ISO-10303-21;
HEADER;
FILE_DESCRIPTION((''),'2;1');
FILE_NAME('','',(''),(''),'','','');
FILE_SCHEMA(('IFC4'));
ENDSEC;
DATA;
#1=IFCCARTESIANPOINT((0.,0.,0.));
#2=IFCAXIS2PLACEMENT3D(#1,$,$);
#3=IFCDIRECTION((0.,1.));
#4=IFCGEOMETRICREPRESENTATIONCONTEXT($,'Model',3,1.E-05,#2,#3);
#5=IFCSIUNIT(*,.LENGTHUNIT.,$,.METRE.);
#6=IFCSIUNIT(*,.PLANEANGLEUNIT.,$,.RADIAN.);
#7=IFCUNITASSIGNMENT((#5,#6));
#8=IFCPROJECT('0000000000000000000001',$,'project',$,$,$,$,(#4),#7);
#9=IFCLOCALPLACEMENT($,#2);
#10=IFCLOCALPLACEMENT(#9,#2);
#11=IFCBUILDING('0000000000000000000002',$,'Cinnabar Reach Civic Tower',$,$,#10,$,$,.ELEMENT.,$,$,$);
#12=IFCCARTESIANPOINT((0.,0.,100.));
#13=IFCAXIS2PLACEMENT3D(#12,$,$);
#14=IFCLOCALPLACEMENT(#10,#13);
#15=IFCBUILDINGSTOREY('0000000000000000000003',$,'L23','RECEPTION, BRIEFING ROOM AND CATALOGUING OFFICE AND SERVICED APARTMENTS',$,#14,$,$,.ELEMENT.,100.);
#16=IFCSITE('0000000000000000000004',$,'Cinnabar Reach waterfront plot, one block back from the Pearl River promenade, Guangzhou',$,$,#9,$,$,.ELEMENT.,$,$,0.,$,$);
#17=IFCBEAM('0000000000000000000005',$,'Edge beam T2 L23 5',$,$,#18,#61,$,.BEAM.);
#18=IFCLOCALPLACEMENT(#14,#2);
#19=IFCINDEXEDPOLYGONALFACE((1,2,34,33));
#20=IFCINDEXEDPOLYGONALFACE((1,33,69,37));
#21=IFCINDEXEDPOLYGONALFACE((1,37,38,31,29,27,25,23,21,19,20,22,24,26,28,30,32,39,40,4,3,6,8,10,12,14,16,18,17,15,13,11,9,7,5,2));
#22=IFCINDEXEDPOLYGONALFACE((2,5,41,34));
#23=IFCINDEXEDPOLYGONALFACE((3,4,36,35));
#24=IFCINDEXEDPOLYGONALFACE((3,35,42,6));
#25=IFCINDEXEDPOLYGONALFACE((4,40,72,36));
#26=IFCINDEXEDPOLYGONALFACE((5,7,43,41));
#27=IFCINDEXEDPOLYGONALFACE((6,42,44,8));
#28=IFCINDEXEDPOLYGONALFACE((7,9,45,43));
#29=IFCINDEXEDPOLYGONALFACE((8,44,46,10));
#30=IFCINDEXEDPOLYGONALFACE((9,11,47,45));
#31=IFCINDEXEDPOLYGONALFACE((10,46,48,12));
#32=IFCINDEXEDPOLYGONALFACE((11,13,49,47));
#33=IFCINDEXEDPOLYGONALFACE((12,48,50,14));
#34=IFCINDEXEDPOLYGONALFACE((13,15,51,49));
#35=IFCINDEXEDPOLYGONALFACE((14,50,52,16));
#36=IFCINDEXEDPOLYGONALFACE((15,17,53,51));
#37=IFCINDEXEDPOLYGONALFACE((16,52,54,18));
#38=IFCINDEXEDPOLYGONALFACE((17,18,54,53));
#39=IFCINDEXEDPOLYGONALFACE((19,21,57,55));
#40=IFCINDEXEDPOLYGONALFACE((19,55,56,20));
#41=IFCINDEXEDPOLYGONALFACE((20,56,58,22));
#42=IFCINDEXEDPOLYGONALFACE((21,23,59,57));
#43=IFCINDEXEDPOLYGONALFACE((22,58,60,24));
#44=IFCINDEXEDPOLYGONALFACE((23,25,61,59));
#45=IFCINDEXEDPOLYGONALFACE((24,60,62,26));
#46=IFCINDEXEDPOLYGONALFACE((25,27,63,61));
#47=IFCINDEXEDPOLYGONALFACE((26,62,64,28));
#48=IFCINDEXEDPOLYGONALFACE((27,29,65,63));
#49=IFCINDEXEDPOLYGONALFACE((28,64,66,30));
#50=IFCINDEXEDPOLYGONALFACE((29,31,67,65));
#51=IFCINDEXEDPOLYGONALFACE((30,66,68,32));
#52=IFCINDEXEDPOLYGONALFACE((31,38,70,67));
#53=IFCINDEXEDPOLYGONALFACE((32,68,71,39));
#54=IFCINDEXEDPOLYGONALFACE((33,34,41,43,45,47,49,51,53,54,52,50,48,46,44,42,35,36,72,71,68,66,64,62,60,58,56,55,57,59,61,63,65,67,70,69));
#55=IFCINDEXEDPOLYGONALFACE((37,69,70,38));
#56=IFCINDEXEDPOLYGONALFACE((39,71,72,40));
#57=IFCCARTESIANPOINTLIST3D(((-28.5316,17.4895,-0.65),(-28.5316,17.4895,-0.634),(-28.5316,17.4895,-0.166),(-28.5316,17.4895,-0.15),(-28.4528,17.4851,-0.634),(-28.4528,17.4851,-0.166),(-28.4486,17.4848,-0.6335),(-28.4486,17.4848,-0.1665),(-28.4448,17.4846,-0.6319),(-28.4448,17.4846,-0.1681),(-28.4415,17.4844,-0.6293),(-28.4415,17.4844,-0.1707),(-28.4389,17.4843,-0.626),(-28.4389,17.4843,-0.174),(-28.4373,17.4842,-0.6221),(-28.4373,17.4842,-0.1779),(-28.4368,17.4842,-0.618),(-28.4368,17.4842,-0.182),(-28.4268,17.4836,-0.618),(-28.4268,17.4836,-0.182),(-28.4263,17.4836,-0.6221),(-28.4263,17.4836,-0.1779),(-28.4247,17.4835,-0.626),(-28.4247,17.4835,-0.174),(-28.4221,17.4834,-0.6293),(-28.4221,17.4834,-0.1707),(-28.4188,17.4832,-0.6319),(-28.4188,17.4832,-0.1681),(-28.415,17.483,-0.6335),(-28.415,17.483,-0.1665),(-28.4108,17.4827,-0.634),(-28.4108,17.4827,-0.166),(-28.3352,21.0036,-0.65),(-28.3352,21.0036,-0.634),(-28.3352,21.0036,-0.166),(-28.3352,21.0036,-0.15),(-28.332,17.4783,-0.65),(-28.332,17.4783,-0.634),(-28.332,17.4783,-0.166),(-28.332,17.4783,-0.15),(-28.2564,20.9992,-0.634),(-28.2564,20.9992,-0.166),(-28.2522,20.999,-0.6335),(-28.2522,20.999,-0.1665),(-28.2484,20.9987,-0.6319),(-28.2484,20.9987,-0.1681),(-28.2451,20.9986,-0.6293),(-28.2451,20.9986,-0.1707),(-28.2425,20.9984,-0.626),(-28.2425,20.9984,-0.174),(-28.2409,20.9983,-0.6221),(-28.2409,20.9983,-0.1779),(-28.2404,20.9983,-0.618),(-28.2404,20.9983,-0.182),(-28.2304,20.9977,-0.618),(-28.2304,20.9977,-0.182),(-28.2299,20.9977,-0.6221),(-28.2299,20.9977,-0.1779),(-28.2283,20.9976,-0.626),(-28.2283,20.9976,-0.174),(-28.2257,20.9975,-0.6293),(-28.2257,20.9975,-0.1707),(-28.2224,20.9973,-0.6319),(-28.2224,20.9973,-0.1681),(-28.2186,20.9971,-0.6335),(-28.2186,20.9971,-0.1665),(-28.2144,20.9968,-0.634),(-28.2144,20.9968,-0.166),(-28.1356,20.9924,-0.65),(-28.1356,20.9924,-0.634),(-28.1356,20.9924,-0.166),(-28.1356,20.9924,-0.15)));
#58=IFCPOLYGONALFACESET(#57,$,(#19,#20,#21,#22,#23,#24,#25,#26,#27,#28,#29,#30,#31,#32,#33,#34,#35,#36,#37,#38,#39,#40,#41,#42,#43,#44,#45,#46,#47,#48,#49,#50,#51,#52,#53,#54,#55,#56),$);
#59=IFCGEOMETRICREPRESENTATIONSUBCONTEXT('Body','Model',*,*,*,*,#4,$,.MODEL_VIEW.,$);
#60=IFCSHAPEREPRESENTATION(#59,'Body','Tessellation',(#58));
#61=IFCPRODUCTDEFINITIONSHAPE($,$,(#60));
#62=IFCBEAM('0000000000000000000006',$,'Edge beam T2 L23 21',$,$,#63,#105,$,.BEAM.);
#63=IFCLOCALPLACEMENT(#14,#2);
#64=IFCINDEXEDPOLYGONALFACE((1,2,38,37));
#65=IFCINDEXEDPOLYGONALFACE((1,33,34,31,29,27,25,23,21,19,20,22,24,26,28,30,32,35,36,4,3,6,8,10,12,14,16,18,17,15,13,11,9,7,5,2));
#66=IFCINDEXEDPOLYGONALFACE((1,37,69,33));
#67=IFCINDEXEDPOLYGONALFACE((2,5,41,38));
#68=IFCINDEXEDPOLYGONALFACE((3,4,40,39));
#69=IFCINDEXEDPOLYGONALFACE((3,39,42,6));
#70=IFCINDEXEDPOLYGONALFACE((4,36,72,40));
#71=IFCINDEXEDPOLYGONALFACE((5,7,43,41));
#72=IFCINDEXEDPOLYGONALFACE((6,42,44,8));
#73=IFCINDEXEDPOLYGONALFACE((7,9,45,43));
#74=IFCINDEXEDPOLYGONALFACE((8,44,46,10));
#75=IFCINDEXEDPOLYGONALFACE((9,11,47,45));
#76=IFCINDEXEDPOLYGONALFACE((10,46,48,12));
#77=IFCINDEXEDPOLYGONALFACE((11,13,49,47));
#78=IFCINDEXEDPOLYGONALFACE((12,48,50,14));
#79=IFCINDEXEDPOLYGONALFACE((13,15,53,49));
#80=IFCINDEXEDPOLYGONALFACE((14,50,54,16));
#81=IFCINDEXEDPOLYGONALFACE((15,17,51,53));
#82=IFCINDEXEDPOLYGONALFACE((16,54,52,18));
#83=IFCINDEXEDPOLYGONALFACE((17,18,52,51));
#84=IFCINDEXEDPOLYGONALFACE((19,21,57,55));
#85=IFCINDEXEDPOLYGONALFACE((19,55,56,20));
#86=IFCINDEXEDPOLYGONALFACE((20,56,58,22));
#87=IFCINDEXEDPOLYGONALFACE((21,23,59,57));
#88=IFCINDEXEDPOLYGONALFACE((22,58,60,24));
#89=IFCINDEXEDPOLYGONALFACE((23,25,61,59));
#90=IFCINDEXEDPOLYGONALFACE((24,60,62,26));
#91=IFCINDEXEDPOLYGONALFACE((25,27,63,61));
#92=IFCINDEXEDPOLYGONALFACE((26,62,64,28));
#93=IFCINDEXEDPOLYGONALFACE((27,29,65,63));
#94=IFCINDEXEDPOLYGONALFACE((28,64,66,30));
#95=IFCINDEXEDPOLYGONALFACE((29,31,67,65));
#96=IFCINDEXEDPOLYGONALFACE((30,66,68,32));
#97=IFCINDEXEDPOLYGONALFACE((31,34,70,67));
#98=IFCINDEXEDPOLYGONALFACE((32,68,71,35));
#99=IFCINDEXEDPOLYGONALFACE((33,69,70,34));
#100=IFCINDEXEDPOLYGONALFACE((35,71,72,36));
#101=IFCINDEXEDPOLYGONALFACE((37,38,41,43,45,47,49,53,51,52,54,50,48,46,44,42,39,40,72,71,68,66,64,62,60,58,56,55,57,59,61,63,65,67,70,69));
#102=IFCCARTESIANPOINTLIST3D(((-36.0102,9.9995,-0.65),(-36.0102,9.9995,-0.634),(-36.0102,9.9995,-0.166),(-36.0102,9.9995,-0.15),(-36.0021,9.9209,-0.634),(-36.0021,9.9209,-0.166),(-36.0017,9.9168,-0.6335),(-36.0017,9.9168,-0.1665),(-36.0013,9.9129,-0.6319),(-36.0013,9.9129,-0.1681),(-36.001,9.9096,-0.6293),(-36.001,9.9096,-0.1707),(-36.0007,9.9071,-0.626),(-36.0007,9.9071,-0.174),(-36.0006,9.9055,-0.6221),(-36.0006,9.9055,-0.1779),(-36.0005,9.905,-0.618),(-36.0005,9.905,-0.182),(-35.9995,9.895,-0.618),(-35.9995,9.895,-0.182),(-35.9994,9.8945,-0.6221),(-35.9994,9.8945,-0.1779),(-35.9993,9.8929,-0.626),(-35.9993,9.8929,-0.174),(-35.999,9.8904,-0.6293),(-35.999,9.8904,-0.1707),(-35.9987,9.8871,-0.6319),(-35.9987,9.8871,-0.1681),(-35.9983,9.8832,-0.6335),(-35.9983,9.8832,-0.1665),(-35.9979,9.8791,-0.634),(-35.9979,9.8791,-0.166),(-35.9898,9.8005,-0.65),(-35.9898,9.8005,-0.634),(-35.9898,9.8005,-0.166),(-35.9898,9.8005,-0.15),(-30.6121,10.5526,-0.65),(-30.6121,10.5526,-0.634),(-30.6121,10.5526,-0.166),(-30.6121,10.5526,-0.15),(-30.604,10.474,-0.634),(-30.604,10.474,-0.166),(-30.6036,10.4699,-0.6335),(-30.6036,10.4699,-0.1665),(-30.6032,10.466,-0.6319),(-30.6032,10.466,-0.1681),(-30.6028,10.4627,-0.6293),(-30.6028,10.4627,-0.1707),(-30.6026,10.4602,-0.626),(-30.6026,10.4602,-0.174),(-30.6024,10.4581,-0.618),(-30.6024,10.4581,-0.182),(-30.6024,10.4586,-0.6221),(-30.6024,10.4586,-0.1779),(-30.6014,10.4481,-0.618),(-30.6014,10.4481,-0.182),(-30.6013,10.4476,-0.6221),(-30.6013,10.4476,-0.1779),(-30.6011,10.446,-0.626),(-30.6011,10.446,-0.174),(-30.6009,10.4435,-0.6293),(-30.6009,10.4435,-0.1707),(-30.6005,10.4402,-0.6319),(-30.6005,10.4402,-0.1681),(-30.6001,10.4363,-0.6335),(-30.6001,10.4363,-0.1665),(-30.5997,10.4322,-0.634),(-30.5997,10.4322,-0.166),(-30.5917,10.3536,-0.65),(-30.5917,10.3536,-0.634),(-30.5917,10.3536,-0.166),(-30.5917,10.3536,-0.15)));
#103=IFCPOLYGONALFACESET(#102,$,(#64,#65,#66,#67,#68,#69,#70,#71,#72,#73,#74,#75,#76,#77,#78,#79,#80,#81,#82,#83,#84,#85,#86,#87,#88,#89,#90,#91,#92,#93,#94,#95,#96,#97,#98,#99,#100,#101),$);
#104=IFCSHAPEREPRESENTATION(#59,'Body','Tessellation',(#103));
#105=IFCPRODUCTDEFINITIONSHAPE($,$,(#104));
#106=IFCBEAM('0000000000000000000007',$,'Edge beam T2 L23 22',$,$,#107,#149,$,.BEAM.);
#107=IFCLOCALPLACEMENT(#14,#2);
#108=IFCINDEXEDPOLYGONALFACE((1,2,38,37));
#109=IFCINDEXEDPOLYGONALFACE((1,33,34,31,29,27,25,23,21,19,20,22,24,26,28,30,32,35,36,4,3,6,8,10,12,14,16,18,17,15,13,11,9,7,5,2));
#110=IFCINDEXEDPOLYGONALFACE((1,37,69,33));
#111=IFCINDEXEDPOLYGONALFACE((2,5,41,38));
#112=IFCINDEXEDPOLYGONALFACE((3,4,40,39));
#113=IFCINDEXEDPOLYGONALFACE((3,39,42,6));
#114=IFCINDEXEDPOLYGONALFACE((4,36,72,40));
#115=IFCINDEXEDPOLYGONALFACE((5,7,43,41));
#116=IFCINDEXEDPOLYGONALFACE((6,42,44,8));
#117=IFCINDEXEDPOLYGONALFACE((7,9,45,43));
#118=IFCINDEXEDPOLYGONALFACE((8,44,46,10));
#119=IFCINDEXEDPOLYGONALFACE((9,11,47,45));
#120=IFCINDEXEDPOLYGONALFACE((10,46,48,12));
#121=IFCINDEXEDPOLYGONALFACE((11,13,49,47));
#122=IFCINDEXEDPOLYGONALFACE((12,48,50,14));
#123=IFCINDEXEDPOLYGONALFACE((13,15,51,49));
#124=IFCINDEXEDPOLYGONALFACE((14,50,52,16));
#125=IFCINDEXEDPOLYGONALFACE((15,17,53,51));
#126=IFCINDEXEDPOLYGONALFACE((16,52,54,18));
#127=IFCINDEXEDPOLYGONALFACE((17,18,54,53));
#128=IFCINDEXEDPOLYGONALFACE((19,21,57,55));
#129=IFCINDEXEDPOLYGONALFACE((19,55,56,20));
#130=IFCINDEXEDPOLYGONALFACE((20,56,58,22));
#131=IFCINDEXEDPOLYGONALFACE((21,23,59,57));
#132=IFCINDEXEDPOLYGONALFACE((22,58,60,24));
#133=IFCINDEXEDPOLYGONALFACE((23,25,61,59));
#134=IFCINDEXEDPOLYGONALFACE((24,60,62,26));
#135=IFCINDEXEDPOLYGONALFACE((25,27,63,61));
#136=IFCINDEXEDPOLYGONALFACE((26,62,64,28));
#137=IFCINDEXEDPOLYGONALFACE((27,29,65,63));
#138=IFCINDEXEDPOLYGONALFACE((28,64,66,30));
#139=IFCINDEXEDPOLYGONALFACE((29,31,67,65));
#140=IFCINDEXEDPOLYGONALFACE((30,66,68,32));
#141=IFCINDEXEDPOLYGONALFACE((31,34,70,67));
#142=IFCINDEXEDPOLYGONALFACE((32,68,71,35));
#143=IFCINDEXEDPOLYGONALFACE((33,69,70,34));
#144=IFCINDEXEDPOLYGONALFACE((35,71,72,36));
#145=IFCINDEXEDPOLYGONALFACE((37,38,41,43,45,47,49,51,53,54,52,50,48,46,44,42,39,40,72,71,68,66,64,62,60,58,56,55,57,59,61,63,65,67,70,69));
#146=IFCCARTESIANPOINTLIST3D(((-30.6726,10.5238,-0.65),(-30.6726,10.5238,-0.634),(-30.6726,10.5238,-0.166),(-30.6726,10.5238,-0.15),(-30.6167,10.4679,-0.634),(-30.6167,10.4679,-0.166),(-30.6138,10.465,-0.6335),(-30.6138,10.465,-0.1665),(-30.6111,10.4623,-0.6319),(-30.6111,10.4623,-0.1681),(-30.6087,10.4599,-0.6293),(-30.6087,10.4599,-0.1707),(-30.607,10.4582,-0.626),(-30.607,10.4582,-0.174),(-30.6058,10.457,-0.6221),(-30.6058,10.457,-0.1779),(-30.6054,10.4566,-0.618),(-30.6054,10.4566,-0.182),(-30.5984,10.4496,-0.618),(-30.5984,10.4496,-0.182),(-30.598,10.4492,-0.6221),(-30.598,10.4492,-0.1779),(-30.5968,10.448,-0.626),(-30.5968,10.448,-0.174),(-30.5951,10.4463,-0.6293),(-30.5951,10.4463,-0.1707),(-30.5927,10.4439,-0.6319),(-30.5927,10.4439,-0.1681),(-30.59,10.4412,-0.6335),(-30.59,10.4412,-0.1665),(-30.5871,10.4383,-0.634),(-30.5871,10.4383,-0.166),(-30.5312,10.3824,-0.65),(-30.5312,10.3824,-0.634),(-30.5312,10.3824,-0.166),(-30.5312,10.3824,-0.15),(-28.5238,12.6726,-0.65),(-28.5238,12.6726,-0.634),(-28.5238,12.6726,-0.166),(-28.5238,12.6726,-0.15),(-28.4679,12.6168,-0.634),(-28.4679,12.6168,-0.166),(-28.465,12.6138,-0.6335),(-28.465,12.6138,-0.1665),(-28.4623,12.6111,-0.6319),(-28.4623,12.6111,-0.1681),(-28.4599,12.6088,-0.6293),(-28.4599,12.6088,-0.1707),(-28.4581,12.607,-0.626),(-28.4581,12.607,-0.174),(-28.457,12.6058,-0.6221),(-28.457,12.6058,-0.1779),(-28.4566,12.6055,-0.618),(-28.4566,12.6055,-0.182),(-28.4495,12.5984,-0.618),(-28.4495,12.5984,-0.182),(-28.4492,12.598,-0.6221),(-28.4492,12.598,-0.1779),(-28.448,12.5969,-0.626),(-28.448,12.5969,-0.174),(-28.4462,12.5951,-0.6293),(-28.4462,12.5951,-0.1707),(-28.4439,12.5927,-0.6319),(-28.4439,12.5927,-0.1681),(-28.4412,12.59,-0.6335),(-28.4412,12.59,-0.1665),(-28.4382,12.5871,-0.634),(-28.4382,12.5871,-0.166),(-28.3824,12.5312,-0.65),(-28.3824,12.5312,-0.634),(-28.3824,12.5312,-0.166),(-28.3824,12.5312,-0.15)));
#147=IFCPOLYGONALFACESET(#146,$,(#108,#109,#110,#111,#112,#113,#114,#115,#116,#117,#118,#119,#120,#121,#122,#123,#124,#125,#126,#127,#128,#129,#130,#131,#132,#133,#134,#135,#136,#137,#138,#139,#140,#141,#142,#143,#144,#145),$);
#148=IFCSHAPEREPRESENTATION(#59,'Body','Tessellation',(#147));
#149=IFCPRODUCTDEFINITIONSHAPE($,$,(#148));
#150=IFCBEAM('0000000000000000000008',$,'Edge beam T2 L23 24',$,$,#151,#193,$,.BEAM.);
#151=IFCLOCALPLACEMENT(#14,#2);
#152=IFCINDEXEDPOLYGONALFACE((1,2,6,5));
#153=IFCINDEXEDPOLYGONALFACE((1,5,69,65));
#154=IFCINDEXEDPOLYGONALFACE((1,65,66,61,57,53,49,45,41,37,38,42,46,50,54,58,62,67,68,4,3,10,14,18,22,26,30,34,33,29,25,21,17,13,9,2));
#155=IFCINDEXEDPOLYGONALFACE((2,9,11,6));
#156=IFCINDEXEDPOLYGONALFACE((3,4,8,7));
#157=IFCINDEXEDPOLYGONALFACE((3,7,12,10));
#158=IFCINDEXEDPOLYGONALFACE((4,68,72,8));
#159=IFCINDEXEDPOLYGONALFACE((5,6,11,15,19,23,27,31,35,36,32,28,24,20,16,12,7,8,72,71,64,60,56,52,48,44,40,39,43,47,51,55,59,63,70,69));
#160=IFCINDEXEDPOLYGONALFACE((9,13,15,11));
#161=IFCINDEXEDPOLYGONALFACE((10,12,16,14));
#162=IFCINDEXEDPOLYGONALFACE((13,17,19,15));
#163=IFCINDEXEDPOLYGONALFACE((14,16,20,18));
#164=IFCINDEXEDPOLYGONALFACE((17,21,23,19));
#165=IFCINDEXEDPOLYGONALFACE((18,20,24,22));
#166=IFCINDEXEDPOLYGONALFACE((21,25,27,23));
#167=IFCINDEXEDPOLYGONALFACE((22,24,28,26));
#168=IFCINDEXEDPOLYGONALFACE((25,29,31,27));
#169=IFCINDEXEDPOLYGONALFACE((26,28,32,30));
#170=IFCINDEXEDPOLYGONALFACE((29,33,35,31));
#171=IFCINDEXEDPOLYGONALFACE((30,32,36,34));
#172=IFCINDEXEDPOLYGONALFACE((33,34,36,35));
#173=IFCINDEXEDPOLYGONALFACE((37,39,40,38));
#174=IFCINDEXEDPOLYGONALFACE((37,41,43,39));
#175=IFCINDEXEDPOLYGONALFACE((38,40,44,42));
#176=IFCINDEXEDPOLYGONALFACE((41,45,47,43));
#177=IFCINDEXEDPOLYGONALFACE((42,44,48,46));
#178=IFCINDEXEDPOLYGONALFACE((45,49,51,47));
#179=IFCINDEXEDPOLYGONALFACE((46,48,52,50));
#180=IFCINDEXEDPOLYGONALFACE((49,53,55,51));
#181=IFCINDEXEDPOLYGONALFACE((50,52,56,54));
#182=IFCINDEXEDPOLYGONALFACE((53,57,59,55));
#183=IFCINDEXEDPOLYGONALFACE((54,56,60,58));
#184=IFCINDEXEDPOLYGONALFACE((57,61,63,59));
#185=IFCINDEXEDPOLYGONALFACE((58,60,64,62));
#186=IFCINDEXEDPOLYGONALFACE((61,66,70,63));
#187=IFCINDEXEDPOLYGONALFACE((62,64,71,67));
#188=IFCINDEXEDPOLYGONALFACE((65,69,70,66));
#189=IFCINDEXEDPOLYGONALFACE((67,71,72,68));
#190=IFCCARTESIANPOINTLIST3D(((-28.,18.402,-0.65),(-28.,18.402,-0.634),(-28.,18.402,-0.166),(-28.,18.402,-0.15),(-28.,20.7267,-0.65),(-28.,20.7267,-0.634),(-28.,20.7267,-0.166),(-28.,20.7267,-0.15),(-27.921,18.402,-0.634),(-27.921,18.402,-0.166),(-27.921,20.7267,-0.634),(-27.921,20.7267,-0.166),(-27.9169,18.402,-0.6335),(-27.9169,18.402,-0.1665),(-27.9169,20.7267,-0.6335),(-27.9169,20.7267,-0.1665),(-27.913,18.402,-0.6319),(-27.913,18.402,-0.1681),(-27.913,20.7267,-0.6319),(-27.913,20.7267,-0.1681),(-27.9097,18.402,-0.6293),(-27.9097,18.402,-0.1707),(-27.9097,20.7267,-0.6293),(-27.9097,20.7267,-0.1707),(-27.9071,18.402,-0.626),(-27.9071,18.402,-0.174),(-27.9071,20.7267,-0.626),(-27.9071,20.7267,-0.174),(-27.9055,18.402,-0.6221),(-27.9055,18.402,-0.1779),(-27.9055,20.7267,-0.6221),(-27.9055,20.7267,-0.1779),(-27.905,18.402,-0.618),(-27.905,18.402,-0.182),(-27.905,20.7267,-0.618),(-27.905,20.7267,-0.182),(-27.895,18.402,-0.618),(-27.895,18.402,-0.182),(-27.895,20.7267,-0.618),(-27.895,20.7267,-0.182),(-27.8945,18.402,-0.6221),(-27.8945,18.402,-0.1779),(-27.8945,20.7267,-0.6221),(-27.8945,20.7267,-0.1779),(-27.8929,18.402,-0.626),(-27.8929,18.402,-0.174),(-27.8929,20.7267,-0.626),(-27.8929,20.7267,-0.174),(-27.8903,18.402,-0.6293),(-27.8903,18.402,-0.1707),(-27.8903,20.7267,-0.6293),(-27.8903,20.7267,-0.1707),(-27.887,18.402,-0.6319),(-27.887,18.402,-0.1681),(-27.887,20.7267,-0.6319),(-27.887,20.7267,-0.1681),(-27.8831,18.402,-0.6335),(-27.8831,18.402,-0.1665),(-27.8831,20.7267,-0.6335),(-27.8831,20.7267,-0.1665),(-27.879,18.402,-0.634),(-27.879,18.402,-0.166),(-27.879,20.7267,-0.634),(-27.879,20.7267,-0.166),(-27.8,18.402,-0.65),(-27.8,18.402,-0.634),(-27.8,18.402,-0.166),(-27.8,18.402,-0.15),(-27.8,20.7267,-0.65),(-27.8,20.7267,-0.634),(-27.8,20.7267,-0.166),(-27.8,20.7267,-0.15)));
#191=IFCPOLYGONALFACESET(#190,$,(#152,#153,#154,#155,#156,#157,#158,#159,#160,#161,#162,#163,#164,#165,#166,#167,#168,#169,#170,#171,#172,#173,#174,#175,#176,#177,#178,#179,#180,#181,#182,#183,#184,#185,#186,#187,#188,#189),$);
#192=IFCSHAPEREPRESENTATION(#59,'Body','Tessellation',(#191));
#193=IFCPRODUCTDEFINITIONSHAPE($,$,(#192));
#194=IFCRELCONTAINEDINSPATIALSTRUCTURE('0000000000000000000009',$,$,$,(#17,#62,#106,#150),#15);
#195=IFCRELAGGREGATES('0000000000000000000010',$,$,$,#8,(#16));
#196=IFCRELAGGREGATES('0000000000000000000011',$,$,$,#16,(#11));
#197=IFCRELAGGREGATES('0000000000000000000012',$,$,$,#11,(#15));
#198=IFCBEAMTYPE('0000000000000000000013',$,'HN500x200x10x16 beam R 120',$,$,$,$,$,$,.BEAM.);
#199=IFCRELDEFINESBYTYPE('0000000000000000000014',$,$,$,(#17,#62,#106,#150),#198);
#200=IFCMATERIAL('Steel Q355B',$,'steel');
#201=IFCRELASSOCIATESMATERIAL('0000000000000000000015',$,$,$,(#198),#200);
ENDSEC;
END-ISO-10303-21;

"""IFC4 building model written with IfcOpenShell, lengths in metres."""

from ifc_helpers import new_model, si_unit, direction, frame, origin, origin_2d, place, context, subcontext, project, spatial, i_section, extrude, material, material_profile, profile_set, type_object, element, save


model = new_model("IFC4")

# Units and contexts
model_context = context("Model", 3, precision=1e-05, world=origin(), true_north=direction((0.0, 1.0)))
body_context = subcontext(model_context, "Body", "Model", "MODEL_VIEW")
ifc_project = project(units=[si_unit("LENGTHUNIT", "METRE"), si_unit("PLANEANGLEUNIT", "RADIAN")], contexts=[model_context])

# Site, building, storey
site_placement = place(None, origin())
site = spatial("IfcSite", under=ifc_project, at=site_placement, Name="Cinnabar Reach waterfront plot, one block back from the Pearl River promenade, Guangzhou", CompositionType="ELEMENT", RefElevation=0.0)
building_placement = place(site_placement, origin())
building = spatial("IfcBuilding", under=site, at=building_placement, Name="Cinnabar Reach Civic Tower", CompositionType="ELEMENT")
storey_placement = place(building_placement, frame((0.0, 0.0, 100.0)))
storey = spatial("IfcBuildingStorey", under=building, at=storey_placement, Name="L23", Description="RECEPTION, BRIEFING ROOM AND CATALOGUING OFFICE AND SERVICED APARTMENTS", CompositionType="ELEMENT", Elevation=100.0)

# Beams
ifc_material_1 = material(Name="Steel Q355B", Category="steel")
ifc_material_profile_1 = material_profile(ifc_material_1, i_section(OverallWidth=0.2, OverallDepth=0.5, WebThickness=0.01, FlangeThickness=0.016, FilletRadius=0.016, at=origin_2d()), Name="HN500x200x10x16")
ifc_profile_set_1 = profile_set([ifc_material_profile_1], Name="Steel Q355B")
beam_type_1 = type_object("IfcBeamType", Name="HN500x200x10x16 beam R 120", PredefinedType="BEAM", material=ifc_profile_set_1)
beam_1_placement = place(storey_placement, frame((-28.4318, 17.4839, -0.4), z_axis=(0.055802, 0.998442, 0.0), x_axis=(-0.998442, 0.055802, 0.0)))
element("IfcBeam", 1, at=beam_1_placement, inside=storey, type_object=beam_type_1, Name="Edge beam T2 L23 5", PredefinedType="BEAM", context=body_context, shape_type="SweptSolid", body=[
    extrude(i_section(OverallWidth=0.2, OverallDepth=0.5, WebThickness=0.01, FlangeThickness=0.016, FilletRadius=0.016, at=origin_2d()), origin(), (0.0, 0.0, 1.0), 3.5196),
])
beam_2_placement = place(storey_placement, frame((-36.0, 9.9, -0.4), z_axis=(0.994792, 0.101928, 0.0), x_axis=(-0.101928, 0.994792, 0.0)))
element("IfcBeam", 2, at=beam_2_placement, inside=storey, type_object=beam_type_1, Name="Edge beam T2 L23 21", PredefinedType="BEAM", context=body_context, shape_type="SweptSolid", body=[
    extrude(i_section(OverallWidth=0.2, OverallDepth=0.5, WebThickness=0.01, FlangeThickness=0.016, FilletRadius=0.016, at=origin_2d()), origin(), (0.0, 0.0, 1.0), 5.4264),
])
beam_3_placement = place(storey_placement, frame((-30.6019, 10.4531, -0.4), z_axis=(0.707107, 0.707107, 0.0), x_axis=(-0.707107, 0.707107, 0.0)))
element("IfcBeam", 3, at=beam_3_placement, inside=storey, type_object=beam_type_1, Name="Edge beam T2 L23 22", PredefinedType="BEAM", context=body_context, shape_type="SweptSolid", body=[
    extrude(i_section(OverallWidth=0.2, OverallDepth=0.5, WebThickness=0.01, FlangeThickness=0.016, FilletRadius=0.016, at=origin_2d()), origin(), (0.0, 0.0, 1.0), 3.0389),
])
beam_4_placement = place(storey_placement, frame((-27.9, 18.402, -0.4), z_axis=(0.0, 1.0, 0.0), x_axis=(-1.0, 0.0, 0.0)))
element("IfcBeam", 4, at=beam_4_placement, inside=storey, type_object=beam_type_1, Name="Edge beam T2 L23 24", PredefinedType="BEAM", context=body_context, shape_type="SweptSolid", body=[
    extrude(i_section(OverallWidth=0.2, OverallDepth=0.5, WebThickness=0.01, FlangeThickness=0.016, FilletRadius=0.016, at=origin_2d()), origin(), (0.0, 0.0, 1.0), 2.3247),
])

save(model, "model.ifc")
